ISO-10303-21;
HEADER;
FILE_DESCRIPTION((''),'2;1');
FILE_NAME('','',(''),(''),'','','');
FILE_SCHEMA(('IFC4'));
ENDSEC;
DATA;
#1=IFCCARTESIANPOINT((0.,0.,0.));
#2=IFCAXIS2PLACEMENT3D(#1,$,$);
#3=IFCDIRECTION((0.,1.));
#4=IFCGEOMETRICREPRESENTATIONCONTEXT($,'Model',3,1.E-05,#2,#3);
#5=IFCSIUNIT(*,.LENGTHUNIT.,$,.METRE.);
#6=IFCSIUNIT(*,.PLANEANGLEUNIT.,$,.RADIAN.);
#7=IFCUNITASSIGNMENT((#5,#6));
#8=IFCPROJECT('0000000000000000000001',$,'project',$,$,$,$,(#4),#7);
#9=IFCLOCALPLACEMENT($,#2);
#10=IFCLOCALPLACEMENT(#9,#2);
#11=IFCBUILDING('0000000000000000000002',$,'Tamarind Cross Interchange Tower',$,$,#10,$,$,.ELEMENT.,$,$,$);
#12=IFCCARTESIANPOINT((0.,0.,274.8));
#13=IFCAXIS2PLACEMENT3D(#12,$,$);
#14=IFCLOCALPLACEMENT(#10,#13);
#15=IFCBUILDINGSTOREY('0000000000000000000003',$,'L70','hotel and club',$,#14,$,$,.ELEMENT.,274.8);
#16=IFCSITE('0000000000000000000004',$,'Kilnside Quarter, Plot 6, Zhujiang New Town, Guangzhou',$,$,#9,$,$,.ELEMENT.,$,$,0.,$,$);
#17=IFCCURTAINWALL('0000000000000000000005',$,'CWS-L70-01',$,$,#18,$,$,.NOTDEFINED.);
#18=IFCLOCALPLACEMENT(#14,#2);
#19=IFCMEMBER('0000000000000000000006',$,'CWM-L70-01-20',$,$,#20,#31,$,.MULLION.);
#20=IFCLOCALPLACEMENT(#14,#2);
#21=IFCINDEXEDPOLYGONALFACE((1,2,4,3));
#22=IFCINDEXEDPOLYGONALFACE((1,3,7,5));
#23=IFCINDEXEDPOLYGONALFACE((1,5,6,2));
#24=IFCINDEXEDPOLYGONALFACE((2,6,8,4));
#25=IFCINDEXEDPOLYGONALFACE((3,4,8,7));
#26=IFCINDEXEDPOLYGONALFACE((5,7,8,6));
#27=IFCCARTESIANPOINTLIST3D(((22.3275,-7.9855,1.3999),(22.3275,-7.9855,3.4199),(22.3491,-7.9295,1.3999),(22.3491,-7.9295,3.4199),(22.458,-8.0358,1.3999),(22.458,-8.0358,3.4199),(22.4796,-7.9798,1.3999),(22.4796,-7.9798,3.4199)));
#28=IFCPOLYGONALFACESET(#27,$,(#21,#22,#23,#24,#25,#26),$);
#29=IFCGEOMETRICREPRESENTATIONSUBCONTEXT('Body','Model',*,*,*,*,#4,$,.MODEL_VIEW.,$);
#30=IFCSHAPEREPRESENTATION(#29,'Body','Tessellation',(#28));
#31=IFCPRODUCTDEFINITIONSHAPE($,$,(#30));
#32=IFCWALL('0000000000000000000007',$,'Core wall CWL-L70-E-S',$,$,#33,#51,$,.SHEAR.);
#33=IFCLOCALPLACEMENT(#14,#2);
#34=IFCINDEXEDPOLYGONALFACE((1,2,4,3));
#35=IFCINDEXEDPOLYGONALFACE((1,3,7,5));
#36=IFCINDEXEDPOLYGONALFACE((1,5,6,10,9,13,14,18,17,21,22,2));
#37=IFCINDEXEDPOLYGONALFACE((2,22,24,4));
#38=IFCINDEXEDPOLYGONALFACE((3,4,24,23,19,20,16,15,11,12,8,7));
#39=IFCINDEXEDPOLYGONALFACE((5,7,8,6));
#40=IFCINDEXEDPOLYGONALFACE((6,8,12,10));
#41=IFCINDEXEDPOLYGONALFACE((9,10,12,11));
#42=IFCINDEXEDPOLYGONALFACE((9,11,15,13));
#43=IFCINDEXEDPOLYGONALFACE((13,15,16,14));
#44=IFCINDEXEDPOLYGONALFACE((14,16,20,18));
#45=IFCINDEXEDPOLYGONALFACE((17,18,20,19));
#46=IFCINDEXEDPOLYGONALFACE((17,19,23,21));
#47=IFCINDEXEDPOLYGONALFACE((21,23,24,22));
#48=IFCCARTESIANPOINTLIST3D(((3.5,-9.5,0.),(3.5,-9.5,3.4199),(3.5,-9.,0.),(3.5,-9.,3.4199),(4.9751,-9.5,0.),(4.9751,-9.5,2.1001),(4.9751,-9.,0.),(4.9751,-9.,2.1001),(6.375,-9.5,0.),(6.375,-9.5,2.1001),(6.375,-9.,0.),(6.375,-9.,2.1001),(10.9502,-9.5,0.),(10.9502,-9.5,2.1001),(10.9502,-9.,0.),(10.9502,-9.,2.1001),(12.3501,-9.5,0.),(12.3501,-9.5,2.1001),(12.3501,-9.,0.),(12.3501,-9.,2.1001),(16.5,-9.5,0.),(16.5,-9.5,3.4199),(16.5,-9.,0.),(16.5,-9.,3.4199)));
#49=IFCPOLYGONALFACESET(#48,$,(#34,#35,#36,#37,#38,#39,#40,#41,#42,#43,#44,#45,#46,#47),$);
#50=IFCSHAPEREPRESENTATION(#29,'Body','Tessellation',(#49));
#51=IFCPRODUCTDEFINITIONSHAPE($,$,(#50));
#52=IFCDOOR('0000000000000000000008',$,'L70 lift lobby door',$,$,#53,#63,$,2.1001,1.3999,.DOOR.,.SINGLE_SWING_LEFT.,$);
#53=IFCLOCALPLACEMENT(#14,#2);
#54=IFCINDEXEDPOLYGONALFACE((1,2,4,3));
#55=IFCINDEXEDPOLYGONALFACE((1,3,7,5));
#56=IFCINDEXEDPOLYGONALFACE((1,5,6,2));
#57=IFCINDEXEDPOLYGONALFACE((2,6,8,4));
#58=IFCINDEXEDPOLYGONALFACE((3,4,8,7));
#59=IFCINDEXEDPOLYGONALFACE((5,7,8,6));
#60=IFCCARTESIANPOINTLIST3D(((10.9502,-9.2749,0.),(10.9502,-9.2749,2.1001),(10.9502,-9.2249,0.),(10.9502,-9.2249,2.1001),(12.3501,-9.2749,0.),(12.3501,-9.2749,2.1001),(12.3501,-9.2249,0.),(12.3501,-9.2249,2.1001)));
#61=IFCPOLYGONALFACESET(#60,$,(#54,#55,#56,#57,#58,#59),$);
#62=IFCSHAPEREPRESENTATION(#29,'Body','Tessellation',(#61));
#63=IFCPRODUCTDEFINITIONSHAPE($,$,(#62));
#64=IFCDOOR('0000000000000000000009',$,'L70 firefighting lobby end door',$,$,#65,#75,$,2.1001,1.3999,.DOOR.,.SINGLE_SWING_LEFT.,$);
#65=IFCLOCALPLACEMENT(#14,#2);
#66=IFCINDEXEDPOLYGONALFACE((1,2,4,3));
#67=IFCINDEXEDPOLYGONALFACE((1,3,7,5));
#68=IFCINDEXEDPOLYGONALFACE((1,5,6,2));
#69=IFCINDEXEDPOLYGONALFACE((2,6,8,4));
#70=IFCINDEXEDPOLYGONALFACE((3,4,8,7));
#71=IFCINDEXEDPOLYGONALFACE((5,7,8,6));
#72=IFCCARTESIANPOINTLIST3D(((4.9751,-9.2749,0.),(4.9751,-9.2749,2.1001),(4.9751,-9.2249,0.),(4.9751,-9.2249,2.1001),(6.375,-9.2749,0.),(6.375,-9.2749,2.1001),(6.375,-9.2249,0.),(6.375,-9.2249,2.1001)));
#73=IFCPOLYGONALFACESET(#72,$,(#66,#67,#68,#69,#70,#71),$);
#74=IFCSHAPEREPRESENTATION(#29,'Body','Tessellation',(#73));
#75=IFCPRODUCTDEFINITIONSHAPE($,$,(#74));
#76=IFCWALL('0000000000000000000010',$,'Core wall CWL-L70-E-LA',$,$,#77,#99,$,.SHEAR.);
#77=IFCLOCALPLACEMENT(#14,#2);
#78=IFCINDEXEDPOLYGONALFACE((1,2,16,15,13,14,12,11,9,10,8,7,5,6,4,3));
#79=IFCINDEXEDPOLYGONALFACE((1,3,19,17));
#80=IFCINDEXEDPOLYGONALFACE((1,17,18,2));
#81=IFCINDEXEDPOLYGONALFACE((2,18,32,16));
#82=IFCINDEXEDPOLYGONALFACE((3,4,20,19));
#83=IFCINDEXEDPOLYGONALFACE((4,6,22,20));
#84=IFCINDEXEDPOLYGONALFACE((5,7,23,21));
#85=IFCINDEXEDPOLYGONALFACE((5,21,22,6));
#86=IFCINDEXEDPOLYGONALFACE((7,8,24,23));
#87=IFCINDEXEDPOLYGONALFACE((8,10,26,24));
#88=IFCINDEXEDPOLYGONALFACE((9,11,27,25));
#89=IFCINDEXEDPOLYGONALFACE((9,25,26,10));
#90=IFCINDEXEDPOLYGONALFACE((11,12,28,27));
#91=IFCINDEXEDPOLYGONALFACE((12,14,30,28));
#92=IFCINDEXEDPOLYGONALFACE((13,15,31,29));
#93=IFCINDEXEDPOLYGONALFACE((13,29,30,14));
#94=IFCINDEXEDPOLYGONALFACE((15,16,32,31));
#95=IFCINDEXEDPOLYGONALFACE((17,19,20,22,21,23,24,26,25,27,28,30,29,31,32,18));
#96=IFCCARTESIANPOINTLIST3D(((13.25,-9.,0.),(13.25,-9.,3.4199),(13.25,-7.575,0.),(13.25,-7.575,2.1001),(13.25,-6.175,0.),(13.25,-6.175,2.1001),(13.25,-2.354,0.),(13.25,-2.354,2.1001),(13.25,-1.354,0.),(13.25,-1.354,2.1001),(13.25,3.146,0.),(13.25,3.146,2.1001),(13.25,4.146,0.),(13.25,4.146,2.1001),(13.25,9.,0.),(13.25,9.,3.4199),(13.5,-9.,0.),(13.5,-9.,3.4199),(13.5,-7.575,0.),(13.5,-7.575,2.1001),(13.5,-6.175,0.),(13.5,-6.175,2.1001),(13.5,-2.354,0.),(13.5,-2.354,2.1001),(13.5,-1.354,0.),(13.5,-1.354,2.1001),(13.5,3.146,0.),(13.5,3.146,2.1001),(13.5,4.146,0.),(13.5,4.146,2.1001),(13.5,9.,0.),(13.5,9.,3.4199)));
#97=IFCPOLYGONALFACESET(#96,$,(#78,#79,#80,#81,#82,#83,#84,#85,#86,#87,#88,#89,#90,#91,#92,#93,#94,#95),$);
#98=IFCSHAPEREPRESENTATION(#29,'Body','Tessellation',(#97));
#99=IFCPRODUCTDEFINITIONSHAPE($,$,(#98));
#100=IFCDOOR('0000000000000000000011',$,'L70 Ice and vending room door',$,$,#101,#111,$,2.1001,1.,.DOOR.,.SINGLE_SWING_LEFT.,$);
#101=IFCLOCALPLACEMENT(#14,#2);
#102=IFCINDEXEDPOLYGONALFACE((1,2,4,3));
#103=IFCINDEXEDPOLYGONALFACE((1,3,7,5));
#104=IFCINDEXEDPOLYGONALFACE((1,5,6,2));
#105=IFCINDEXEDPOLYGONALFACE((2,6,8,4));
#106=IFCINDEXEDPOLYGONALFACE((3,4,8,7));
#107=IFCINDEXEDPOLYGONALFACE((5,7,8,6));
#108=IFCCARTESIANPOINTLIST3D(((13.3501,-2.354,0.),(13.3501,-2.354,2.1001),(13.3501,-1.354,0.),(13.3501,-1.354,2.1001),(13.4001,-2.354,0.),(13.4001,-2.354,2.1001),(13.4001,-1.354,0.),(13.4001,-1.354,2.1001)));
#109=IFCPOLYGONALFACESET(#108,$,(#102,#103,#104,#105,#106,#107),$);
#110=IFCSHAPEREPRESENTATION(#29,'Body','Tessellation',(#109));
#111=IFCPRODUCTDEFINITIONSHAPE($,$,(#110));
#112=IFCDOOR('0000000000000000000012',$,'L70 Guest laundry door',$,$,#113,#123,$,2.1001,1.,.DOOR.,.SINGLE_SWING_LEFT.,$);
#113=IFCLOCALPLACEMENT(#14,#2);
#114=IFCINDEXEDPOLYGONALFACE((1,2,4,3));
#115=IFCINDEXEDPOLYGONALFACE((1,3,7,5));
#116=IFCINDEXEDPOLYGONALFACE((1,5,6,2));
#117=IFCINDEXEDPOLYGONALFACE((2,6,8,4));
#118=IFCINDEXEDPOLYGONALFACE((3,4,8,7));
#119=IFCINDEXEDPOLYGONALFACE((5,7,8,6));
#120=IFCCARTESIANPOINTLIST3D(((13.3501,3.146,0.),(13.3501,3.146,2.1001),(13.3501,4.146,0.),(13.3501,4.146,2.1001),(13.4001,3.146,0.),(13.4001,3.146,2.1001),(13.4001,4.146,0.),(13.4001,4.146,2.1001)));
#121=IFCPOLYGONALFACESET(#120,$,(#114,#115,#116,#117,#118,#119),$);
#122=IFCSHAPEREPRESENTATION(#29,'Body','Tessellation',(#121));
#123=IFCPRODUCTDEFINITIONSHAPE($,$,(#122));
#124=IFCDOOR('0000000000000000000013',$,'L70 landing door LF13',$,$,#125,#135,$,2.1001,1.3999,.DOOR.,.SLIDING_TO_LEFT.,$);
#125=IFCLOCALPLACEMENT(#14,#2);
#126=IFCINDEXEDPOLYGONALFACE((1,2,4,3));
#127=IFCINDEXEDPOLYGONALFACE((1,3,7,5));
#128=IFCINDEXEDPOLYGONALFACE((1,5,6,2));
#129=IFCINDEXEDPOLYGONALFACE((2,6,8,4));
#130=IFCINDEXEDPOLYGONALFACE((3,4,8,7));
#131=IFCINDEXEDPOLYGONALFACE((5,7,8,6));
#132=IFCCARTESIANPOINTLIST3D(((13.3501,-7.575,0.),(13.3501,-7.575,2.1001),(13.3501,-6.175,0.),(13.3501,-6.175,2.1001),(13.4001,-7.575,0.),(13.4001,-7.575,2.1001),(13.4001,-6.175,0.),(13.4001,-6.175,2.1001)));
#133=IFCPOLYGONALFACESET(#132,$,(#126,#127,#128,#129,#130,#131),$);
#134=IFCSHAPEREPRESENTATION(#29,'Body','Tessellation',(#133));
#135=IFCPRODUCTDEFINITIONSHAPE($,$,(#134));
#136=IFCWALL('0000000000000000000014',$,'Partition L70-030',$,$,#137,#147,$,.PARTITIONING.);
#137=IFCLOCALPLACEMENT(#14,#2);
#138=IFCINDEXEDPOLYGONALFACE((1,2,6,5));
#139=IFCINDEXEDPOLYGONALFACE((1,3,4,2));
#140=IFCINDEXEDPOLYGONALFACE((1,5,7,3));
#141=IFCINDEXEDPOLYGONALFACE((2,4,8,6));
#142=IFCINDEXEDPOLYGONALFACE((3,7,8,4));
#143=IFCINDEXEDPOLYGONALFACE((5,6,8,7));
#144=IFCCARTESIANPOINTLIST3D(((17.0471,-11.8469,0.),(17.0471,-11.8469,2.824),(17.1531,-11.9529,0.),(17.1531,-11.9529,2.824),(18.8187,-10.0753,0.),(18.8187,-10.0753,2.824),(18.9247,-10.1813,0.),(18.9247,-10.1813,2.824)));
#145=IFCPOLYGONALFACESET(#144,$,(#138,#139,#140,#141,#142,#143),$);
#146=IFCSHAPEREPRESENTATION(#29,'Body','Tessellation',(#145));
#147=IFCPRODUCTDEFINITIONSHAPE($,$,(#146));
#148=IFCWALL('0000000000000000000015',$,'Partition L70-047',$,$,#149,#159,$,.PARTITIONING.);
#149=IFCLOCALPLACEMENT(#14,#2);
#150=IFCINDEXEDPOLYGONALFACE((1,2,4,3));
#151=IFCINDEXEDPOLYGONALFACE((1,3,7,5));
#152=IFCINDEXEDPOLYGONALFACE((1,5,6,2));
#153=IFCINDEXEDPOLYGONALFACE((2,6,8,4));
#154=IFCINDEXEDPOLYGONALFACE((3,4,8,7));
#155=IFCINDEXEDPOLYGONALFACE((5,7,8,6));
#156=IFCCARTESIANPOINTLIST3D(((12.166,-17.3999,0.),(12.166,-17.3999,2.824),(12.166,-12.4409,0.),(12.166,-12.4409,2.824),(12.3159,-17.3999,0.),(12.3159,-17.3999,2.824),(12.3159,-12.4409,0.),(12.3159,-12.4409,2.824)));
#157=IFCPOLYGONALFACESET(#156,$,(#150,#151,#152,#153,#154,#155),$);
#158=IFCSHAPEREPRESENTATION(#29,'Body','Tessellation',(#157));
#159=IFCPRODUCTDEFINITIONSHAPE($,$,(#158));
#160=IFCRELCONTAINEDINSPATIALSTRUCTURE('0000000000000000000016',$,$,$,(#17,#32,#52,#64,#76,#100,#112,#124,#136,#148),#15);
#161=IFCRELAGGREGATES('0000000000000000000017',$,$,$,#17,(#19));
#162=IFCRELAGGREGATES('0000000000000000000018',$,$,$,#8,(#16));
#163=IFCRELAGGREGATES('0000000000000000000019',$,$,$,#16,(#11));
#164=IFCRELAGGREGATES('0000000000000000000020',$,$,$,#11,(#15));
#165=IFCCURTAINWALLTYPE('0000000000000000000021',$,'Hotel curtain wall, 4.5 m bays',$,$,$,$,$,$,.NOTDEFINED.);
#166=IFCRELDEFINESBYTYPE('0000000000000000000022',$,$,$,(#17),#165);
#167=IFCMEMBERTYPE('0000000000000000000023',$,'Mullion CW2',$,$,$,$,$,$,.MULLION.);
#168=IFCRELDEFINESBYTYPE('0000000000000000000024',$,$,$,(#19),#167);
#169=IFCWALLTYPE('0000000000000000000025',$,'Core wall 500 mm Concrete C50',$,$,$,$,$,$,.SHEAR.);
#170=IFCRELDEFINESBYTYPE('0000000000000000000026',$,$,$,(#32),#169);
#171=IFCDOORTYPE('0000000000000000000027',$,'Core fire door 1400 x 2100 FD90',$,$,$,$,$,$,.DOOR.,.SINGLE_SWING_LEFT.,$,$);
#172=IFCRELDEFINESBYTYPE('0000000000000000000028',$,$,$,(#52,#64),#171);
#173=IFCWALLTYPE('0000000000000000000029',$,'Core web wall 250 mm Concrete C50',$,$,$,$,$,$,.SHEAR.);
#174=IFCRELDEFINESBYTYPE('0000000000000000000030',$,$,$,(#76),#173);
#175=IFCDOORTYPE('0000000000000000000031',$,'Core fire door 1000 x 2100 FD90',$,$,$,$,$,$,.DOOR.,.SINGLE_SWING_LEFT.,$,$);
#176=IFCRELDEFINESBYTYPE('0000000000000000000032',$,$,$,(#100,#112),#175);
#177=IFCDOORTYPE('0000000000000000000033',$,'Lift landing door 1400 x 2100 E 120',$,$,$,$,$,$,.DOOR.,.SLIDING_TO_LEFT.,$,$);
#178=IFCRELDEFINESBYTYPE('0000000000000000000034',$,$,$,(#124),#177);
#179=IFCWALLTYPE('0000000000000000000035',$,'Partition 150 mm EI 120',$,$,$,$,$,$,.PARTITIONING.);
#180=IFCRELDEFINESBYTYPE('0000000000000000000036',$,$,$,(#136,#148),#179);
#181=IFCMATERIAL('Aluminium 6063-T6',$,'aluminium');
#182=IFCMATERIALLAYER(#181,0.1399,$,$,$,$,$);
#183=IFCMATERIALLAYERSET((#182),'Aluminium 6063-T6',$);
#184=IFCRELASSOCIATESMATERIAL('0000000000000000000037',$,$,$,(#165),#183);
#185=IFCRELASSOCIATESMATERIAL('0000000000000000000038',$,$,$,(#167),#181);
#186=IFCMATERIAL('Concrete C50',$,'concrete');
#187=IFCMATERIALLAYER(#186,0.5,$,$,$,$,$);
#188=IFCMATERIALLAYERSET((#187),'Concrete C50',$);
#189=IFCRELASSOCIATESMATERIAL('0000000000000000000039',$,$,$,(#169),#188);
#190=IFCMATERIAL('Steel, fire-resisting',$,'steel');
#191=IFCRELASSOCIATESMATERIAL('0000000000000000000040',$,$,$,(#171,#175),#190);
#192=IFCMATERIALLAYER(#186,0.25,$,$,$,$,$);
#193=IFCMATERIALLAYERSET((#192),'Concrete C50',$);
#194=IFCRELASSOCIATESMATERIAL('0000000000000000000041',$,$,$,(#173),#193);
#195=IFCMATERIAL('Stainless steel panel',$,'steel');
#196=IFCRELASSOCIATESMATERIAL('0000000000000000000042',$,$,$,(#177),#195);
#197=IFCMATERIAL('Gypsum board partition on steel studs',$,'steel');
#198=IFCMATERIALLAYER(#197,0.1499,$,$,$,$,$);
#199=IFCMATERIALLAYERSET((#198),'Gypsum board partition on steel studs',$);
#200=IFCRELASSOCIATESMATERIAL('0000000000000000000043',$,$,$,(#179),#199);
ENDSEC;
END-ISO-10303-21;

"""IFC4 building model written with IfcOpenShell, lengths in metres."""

from ifc_helpers import new_model, si_unit, direction, frame, frame_2d, origin, origin_2d, place, context, subcontext, project, spatial, rectangle, extrude, material, layer, layer_set, material_profile, profile_set, type_object, element, fill, aggregate, save


model = new_model("IFC4")

# Units and contexts
model_context = context("Model", 3, precision=1e-05, world=origin(), true_north=direction((0.0, 1.0)))
body_context = subcontext(model_context, "Body", "Model", "MODEL_VIEW")
ifc_project = project(units=[si_unit("LENGTHUNIT", "METRE"), si_unit("PLANEANGLEUNIT", "RADIAN")], contexts=[model_context])

# Site, building, storey
site_placement = place(None, origin())
site = spatial("IfcSite", under=ifc_project, at=site_placement, Name="Kilnside Quarter, Plot 6, Zhujiang New Town, Guangzhou", CompositionType="ELEMENT", RefElevation=0.0)
building_placement = place(site_placement, origin())
building = spatial("IfcBuilding", under=site, at=building_placement, Name="Tamarind Cross Interchange Tower", CompositionType="ELEMENT")
storey_placement = place(building_placement, frame((0.0, 0.0, 274.8)))
storey = spatial("IfcBuildingStorey", under=building, at=storey_placement, Name="L70", Description="hotel and club", CompositionType="ELEMENT", Elevation=274.8)

# Curtain wall, member
ifc_material_1 = material(Name="Aluminium 6063-T6", Category="aluminium")
ifc_layer_1 = layer(ifc_material_1, 0.1399)
ifc_layer_set_1 = layer_set([ifc_layer_1], Name="Aluminium 6063-T6")
curtain_wall_type = type_object("IfcCurtainWallType", Name="Hotel curtain wall, 4.5 m bays", PredefinedType="NOTDEFINED", material=ifc_layer_set_1)
curtain_wall_placement = place(storey_placement, origin())
curtain_wall = element("IfcCurtainWall", 1, at=curtain_wall_placement, inside=storey, type_object=curtain_wall_type, Name="CWS-L70-01", PredefinedType="NOTDEFINED")
ifc_material_profile_1 = material_profile(ifc_material_1, rectangle(XDim=0.0601, YDim=0.1399, at=origin_2d()), Name="Mullion CW2")
ifc_profile_set_1 = profile_set([ifc_material_profile_1], Name="Aluminium 6063-T6")
member_type = type_object("IfcMemberType", Name="Mullion CW2", PredefinedType="MULLION", material=ifc_profile_set_1)
member_1_placement = place(storey_placement, frame((22.4036, -7.9827, 1.3999), z_axis=(0.0, 0.0, 1.0), x_axis=(0.359495, 0.933147, 0.0)))
member_1 = element("IfcMember", 2, at=member_1_placement, type_object=member_type, Name="CWM-L70-01-20", PredefinedType="MULLION", context=body_context, shape_type="SweptSolid", body=[
    extrude(rectangle(XDim=0.0601, YDim=0.1399, at=origin_2d()), origin(), (0.0, 0.0, 1.0), 2.02),
])
aggregate(curtain_wall, [member_1])

# Walls, openings, doors
ifc_material_2 = material(Name="Concrete C50", Category="concrete")
ifc_layer_2 = layer(ifc_material_2, 0.5)
ifc_layer_set_2 = layer_set([ifc_layer_2], Name="Concrete C50")
wall_type_1 = type_object("IfcWallType", Name="Core wall 500 mm Concrete C50", PredefinedType="SHEAR", material=ifc_layer_set_2)
wall_1_placement = place(storey_placement, frame((16.5, -9.25, 0.0), z_axis=(0.0, 0.0, 1.0), x_axis=(-1.0, 0.0, 0.0)))
wall_1 = element("IfcWall", 3, at=wall_1_placement, inside=storey, type_object=wall_type_1, Name="Core wall CWL-L70-E-S", PredefinedType="SHEAR", context=body_context, shape_type="SweptSolid", body=[
    extrude(rectangle(XDim=13.0, YDim=0.5, at=frame_2d((6.5, 0.0))), origin(), (0.0, 0.0, 1.0), 3.4199),
])
opening_1_placement = place(wall_1_placement, frame((4.1499, 0.0, 0.0)))
opening_1 = element("IfcOpeningElement", 4, at=opening_1_placement, cuts=wall_1, PredefinedType="OPENING", context=body_context, shape_type="SweptSolid", body=[
    extrude(rectangle(XDim=1.3999, YDim=2.1001, at=frame_2d((0.7, 1.05))), frame((0.0, 0.26, 0.0), z_axis=(0.0, -1.0, 0.0), x_axis=(1.0, 0.0, 0.0)), (0.0, 0.0, 1.0), 0.52),
])
opening_2_placement = place(wall_1_placement, frame((10.125, 0.0, 0.0)))
opening_2 = element("IfcOpeningElement", 5, at=opening_2_placement, cuts=wall_1, PredefinedType="OPENING", context=body_context, shape_type="SweptSolid", body=[
    extrude(rectangle(XDim=1.3999, YDim=2.1001, at=frame_2d((0.7, 1.05))), frame((0.0, 0.26, 0.0), z_axis=(0.0, -1.0, 0.0), x_axis=(1.0, 0.0, 0.0)), (0.0, 0.0, 1.0), 0.52),
])
ifc_material_3 = material(Name="Steel, fire-resisting", Category="steel")
door_type_1 = type_object("IfcDoorType", Name="Core fire door 1400 x 2100 FD90", OperationType="SINGLE_SWING_LEFT", PredefinedType="DOOR", material=ifc_material_3)
door_1_placement = place(opening_1_placement, origin())
door_1 = element("IfcDoor", 6, at=door_1_placement, inside=storey, type_object=door_type_1, Name="L70 lift lobby door", OperationType="SINGLE_SWING_LEFT", OverallHeight=2.1001, OverallWidth=1.3999, PredefinedType="DOOR", context=body_context, shape_type="SweptSolid", body=[
    extrude(rectangle(XDim=1.3999, YDim=2.1001, at=frame_2d((0.7, 1.05))), frame((0.0, 0.0249, 0.0), z_axis=(0.0, -1.0, 0.0), x_axis=(1.0, 0.0, 0.0)), (0.0, 0.0, 1.0), 0.05),
])
fill(opening_1, door_1)
door_2_placement = place(opening_2_placement, origin())
door_2 = element("IfcDoor", 7, at=door_2_placement, inside=storey, type_object=door_type_1, Name="L70 firefighting lobby end door", OperationType="SINGLE_SWING_LEFT", OverallHeight=2.1001, OverallWidth=1.3999, PredefinedType="DOOR", context=body_context, shape_type="SweptSolid", body=[
    extrude(rectangle(XDim=1.3999, YDim=2.1001, at=frame_2d((0.7, 1.05))), frame((0.0, 0.0249, 0.0), z_axis=(0.0, -1.0, 0.0), x_axis=(1.0, 0.0, 0.0)), (0.0, 0.0, 1.0), 0.05),
])
fill(opening_2, door_2)
ifc_layer_3 = layer(ifc_material_2, 0.25)
ifc_layer_set_3 = layer_set([ifc_layer_3], Name="Concrete C50")
wall_type_2 = type_object("IfcWallType", Name="Core web wall 250 mm Concrete C50", PredefinedType="SHEAR", material=ifc_layer_set_3)
wall_2_placement = place(storey_placement, frame((13.375, -9.0, 0.0), z_axis=(0.0, 0.0, 1.0), x_axis=(0.0, 1.0, 0.0)))
wall_2 = element("IfcWall", 8, at=wall_2_placement, inside=storey, type_object=wall_type_2, Name="Core wall CWL-L70-E-LA", PredefinedType="SHEAR", context=body_context, shape_type="SweptSolid", body=[
    extrude(rectangle(XDim=18.0, YDim=0.25, at=frame_2d((9.0, 0.0))), origin(), (0.0, 0.0, 1.0), 3.4199),
])
opening_3_placement = place(wall_2_placement, frame((1.425, 0.0, 0.0)))
opening_3 = element("IfcOpeningElement", 9, at=opening_3_placement, cuts=wall_2, PredefinedType="OPENING", context=body_context, shape_type="SweptSolid", body=[
    extrude(rectangle(XDim=1.3999, YDim=2.1001, at=frame_2d((0.7, 1.05))), frame((0.0, 0.135, 0.0), z_axis=(0.0, -1.0, 0.0), x_axis=(1.0, 0.0, 0.0)), (0.0, 0.0, 1.0), 0.27),
])
opening_4_placement = place(wall_2_placement, frame((6.646, 0.0, 0.0)))
opening_4 = element("IfcOpeningElement", 10, at=opening_4_placement, cuts=wall_2, PredefinedType="OPENING", context=body_context, shape_type="SweptSolid", body=[
    extrude(rectangle(XDim=1.0, YDim=2.1001, at=frame_2d((0.5, 1.05))), frame((0.0, 0.135, 0.0), z_axis=(0.0, -1.0, 0.0), x_axis=(1.0, 0.0, 0.0)), (0.0, 0.0, 1.0), 0.27),
])
opening_5_placement = place(wall_2_placement, frame((12.146, 0.0, 0.0)))
opening_5 = element("IfcOpeningElement", 11, at=opening_5_placement, cuts=wall_2, PredefinedType="OPENING", context=body_context, shape_type="SweptSolid", body=[
    extrude(rectangle(XDim=1.0, YDim=2.1001, at=frame_2d((0.5, 1.05))), frame((0.0, 0.135, 0.0), z_axis=(0.0, -1.0, 0.0), x_axis=(1.0, 0.0, 0.0)), (0.0, 0.0, 1.0), 0.27),
])
door_type_2 = type_object("IfcDoorType", Name="Core fire door 1000 x 2100 FD90", OperationType="SINGLE_SWING_LEFT", PredefinedType="DOOR", material=ifc_material_3)
door_3_placement = place(opening_4_placement, origin())
door_3 = element("IfcDoor", 12, at=door_3_placement, inside=storey, type_object=door_type_2, Name="L70 Ice and vending room door", OperationType="SINGLE_SWING_LEFT", OverallHeight=2.1001, OverallWidth=1.0, PredefinedType="DOOR", context=body_context, shape_type="SweptSolid", body=[
    extrude(rectangle(XDim=1.0, YDim=2.1001, at=frame_2d((0.5, 1.05))), frame((0.0, 0.0249, 0.0), z_axis=(0.0, -1.0, 0.0), x_axis=(1.0, 0.0, 0.0)), (0.0, 0.0, 1.0), 0.05),
])
fill(opening_4, door_3)
door_4_placement = place(opening_5_placement, origin())
door_4 = element("IfcDoor", 13, at=door_4_placement, inside=storey, type_object=door_type_2, Name="L70 Guest laundry door", OperationType="SINGLE_SWING_LEFT", OverallHeight=2.1001, OverallWidth=1.0, PredefinedType="DOOR", context=body_context, shape_type="SweptSolid", body=[
    extrude(rectangle(XDim=1.0, YDim=2.1001, at=frame_2d((0.5, 1.05))), frame((0.0, 0.0249, 0.0), z_axis=(0.0, -1.0, 0.0), x_axis=(1.0, 0.0, 0.0)), (0.0, 0.0, 1.0), 0.05),
])
fill(opening_5, door_4)
ifc_material_4 = material(Name="Stainless steel panel", Category="steel")
door_type_3 = type_object("IfcDoorType", Name="Lift landing door 1400 x 2100 E 120", OperationType="SLIDING_TO_LEFT", PredefinedType="DOOR", material=ifc_material_4)
door_5_placement = place(opening_3_placement, origin())
door_5 = element("IfcDoor", 14, at=door_5_placement, inside=storey, type_object=door_type_3, Name="L70 landing door LF13", OperationType="SLIDING_TO_LEFT", OverallHeight=2.1001, OverallWidth=1.3999, PredefinedType="DOOR", context=body_context, shape_type="SweptSolid", body=[
    extrude(rectangle(XDim=1.3999, YDim=2.1001, at=frame_2d((0.7, 1.05))), frame((0.0, 0.0249, 0.0), z_axis=(0.0, -1.0, 0.0), x_axis=(1.0, 0.0, 0.0)), (0.0, 0.0, 1.0), 0.05),
])
fill(opening_3, door_5)

# Walls
ifc_material_5 = material(Name="Gypsum board partition on steel studs", Category="steel")
ifc_layer_4 = layer(ifc_material_5, 0.1499)
ifc_layer_set_4 = layer_set([ifc_layer_4], Name="Gypsum board partition on steel studs")
wall_type_3 = type_object("IfcWallType", Name="Partition 150 mm EI 120", PredefinedType="PARTITIONING", material=ifc_layer_set_4)
wall_3_placement = place(storey_placement, frame((17.1001, -11.8999, 0.0), z_axis=(0.0, 0.0, 1.0), x_axis=(0.707107, 0.707107, 0.0)))
element("IfcWall", 15, at=wall_3_placement, inside=storey, type_object=wall_type_3, Name="Partition L70-030", PredefinedType="PARTITIONING", context=body_context, shape_type="SweptSolid", body=[
    extrude(rectangle(XDim=2.5054, YDim=0.1499, at=frame_2d((1.2527, 0.0))), origin(), (0.0, 0.0, 1.0), 2.824),
])
wall_4_placement = place(storey_placement, frame((12.241, -17.3999, 0.0), z_axis=(0.0, 0.0, 1.0), x_axis=(0.0, 1.0, 0.0)))
element("IfcWall", 16, at=wall_4_placement, inside=storey, type_object=wall_type_3, Name="Partition L70-047", PredefinedType="PARTITIONING", context=body_context, shape_type="SweptSolid", body=[
    extrude(rectangle(XDim=4.959, YDim=0.1499, at=frame_2d((2.4795, 0.0))), origin(), (0.0, 0.0, 1.0), 2.824),
])

save(model, "model.ifc")
